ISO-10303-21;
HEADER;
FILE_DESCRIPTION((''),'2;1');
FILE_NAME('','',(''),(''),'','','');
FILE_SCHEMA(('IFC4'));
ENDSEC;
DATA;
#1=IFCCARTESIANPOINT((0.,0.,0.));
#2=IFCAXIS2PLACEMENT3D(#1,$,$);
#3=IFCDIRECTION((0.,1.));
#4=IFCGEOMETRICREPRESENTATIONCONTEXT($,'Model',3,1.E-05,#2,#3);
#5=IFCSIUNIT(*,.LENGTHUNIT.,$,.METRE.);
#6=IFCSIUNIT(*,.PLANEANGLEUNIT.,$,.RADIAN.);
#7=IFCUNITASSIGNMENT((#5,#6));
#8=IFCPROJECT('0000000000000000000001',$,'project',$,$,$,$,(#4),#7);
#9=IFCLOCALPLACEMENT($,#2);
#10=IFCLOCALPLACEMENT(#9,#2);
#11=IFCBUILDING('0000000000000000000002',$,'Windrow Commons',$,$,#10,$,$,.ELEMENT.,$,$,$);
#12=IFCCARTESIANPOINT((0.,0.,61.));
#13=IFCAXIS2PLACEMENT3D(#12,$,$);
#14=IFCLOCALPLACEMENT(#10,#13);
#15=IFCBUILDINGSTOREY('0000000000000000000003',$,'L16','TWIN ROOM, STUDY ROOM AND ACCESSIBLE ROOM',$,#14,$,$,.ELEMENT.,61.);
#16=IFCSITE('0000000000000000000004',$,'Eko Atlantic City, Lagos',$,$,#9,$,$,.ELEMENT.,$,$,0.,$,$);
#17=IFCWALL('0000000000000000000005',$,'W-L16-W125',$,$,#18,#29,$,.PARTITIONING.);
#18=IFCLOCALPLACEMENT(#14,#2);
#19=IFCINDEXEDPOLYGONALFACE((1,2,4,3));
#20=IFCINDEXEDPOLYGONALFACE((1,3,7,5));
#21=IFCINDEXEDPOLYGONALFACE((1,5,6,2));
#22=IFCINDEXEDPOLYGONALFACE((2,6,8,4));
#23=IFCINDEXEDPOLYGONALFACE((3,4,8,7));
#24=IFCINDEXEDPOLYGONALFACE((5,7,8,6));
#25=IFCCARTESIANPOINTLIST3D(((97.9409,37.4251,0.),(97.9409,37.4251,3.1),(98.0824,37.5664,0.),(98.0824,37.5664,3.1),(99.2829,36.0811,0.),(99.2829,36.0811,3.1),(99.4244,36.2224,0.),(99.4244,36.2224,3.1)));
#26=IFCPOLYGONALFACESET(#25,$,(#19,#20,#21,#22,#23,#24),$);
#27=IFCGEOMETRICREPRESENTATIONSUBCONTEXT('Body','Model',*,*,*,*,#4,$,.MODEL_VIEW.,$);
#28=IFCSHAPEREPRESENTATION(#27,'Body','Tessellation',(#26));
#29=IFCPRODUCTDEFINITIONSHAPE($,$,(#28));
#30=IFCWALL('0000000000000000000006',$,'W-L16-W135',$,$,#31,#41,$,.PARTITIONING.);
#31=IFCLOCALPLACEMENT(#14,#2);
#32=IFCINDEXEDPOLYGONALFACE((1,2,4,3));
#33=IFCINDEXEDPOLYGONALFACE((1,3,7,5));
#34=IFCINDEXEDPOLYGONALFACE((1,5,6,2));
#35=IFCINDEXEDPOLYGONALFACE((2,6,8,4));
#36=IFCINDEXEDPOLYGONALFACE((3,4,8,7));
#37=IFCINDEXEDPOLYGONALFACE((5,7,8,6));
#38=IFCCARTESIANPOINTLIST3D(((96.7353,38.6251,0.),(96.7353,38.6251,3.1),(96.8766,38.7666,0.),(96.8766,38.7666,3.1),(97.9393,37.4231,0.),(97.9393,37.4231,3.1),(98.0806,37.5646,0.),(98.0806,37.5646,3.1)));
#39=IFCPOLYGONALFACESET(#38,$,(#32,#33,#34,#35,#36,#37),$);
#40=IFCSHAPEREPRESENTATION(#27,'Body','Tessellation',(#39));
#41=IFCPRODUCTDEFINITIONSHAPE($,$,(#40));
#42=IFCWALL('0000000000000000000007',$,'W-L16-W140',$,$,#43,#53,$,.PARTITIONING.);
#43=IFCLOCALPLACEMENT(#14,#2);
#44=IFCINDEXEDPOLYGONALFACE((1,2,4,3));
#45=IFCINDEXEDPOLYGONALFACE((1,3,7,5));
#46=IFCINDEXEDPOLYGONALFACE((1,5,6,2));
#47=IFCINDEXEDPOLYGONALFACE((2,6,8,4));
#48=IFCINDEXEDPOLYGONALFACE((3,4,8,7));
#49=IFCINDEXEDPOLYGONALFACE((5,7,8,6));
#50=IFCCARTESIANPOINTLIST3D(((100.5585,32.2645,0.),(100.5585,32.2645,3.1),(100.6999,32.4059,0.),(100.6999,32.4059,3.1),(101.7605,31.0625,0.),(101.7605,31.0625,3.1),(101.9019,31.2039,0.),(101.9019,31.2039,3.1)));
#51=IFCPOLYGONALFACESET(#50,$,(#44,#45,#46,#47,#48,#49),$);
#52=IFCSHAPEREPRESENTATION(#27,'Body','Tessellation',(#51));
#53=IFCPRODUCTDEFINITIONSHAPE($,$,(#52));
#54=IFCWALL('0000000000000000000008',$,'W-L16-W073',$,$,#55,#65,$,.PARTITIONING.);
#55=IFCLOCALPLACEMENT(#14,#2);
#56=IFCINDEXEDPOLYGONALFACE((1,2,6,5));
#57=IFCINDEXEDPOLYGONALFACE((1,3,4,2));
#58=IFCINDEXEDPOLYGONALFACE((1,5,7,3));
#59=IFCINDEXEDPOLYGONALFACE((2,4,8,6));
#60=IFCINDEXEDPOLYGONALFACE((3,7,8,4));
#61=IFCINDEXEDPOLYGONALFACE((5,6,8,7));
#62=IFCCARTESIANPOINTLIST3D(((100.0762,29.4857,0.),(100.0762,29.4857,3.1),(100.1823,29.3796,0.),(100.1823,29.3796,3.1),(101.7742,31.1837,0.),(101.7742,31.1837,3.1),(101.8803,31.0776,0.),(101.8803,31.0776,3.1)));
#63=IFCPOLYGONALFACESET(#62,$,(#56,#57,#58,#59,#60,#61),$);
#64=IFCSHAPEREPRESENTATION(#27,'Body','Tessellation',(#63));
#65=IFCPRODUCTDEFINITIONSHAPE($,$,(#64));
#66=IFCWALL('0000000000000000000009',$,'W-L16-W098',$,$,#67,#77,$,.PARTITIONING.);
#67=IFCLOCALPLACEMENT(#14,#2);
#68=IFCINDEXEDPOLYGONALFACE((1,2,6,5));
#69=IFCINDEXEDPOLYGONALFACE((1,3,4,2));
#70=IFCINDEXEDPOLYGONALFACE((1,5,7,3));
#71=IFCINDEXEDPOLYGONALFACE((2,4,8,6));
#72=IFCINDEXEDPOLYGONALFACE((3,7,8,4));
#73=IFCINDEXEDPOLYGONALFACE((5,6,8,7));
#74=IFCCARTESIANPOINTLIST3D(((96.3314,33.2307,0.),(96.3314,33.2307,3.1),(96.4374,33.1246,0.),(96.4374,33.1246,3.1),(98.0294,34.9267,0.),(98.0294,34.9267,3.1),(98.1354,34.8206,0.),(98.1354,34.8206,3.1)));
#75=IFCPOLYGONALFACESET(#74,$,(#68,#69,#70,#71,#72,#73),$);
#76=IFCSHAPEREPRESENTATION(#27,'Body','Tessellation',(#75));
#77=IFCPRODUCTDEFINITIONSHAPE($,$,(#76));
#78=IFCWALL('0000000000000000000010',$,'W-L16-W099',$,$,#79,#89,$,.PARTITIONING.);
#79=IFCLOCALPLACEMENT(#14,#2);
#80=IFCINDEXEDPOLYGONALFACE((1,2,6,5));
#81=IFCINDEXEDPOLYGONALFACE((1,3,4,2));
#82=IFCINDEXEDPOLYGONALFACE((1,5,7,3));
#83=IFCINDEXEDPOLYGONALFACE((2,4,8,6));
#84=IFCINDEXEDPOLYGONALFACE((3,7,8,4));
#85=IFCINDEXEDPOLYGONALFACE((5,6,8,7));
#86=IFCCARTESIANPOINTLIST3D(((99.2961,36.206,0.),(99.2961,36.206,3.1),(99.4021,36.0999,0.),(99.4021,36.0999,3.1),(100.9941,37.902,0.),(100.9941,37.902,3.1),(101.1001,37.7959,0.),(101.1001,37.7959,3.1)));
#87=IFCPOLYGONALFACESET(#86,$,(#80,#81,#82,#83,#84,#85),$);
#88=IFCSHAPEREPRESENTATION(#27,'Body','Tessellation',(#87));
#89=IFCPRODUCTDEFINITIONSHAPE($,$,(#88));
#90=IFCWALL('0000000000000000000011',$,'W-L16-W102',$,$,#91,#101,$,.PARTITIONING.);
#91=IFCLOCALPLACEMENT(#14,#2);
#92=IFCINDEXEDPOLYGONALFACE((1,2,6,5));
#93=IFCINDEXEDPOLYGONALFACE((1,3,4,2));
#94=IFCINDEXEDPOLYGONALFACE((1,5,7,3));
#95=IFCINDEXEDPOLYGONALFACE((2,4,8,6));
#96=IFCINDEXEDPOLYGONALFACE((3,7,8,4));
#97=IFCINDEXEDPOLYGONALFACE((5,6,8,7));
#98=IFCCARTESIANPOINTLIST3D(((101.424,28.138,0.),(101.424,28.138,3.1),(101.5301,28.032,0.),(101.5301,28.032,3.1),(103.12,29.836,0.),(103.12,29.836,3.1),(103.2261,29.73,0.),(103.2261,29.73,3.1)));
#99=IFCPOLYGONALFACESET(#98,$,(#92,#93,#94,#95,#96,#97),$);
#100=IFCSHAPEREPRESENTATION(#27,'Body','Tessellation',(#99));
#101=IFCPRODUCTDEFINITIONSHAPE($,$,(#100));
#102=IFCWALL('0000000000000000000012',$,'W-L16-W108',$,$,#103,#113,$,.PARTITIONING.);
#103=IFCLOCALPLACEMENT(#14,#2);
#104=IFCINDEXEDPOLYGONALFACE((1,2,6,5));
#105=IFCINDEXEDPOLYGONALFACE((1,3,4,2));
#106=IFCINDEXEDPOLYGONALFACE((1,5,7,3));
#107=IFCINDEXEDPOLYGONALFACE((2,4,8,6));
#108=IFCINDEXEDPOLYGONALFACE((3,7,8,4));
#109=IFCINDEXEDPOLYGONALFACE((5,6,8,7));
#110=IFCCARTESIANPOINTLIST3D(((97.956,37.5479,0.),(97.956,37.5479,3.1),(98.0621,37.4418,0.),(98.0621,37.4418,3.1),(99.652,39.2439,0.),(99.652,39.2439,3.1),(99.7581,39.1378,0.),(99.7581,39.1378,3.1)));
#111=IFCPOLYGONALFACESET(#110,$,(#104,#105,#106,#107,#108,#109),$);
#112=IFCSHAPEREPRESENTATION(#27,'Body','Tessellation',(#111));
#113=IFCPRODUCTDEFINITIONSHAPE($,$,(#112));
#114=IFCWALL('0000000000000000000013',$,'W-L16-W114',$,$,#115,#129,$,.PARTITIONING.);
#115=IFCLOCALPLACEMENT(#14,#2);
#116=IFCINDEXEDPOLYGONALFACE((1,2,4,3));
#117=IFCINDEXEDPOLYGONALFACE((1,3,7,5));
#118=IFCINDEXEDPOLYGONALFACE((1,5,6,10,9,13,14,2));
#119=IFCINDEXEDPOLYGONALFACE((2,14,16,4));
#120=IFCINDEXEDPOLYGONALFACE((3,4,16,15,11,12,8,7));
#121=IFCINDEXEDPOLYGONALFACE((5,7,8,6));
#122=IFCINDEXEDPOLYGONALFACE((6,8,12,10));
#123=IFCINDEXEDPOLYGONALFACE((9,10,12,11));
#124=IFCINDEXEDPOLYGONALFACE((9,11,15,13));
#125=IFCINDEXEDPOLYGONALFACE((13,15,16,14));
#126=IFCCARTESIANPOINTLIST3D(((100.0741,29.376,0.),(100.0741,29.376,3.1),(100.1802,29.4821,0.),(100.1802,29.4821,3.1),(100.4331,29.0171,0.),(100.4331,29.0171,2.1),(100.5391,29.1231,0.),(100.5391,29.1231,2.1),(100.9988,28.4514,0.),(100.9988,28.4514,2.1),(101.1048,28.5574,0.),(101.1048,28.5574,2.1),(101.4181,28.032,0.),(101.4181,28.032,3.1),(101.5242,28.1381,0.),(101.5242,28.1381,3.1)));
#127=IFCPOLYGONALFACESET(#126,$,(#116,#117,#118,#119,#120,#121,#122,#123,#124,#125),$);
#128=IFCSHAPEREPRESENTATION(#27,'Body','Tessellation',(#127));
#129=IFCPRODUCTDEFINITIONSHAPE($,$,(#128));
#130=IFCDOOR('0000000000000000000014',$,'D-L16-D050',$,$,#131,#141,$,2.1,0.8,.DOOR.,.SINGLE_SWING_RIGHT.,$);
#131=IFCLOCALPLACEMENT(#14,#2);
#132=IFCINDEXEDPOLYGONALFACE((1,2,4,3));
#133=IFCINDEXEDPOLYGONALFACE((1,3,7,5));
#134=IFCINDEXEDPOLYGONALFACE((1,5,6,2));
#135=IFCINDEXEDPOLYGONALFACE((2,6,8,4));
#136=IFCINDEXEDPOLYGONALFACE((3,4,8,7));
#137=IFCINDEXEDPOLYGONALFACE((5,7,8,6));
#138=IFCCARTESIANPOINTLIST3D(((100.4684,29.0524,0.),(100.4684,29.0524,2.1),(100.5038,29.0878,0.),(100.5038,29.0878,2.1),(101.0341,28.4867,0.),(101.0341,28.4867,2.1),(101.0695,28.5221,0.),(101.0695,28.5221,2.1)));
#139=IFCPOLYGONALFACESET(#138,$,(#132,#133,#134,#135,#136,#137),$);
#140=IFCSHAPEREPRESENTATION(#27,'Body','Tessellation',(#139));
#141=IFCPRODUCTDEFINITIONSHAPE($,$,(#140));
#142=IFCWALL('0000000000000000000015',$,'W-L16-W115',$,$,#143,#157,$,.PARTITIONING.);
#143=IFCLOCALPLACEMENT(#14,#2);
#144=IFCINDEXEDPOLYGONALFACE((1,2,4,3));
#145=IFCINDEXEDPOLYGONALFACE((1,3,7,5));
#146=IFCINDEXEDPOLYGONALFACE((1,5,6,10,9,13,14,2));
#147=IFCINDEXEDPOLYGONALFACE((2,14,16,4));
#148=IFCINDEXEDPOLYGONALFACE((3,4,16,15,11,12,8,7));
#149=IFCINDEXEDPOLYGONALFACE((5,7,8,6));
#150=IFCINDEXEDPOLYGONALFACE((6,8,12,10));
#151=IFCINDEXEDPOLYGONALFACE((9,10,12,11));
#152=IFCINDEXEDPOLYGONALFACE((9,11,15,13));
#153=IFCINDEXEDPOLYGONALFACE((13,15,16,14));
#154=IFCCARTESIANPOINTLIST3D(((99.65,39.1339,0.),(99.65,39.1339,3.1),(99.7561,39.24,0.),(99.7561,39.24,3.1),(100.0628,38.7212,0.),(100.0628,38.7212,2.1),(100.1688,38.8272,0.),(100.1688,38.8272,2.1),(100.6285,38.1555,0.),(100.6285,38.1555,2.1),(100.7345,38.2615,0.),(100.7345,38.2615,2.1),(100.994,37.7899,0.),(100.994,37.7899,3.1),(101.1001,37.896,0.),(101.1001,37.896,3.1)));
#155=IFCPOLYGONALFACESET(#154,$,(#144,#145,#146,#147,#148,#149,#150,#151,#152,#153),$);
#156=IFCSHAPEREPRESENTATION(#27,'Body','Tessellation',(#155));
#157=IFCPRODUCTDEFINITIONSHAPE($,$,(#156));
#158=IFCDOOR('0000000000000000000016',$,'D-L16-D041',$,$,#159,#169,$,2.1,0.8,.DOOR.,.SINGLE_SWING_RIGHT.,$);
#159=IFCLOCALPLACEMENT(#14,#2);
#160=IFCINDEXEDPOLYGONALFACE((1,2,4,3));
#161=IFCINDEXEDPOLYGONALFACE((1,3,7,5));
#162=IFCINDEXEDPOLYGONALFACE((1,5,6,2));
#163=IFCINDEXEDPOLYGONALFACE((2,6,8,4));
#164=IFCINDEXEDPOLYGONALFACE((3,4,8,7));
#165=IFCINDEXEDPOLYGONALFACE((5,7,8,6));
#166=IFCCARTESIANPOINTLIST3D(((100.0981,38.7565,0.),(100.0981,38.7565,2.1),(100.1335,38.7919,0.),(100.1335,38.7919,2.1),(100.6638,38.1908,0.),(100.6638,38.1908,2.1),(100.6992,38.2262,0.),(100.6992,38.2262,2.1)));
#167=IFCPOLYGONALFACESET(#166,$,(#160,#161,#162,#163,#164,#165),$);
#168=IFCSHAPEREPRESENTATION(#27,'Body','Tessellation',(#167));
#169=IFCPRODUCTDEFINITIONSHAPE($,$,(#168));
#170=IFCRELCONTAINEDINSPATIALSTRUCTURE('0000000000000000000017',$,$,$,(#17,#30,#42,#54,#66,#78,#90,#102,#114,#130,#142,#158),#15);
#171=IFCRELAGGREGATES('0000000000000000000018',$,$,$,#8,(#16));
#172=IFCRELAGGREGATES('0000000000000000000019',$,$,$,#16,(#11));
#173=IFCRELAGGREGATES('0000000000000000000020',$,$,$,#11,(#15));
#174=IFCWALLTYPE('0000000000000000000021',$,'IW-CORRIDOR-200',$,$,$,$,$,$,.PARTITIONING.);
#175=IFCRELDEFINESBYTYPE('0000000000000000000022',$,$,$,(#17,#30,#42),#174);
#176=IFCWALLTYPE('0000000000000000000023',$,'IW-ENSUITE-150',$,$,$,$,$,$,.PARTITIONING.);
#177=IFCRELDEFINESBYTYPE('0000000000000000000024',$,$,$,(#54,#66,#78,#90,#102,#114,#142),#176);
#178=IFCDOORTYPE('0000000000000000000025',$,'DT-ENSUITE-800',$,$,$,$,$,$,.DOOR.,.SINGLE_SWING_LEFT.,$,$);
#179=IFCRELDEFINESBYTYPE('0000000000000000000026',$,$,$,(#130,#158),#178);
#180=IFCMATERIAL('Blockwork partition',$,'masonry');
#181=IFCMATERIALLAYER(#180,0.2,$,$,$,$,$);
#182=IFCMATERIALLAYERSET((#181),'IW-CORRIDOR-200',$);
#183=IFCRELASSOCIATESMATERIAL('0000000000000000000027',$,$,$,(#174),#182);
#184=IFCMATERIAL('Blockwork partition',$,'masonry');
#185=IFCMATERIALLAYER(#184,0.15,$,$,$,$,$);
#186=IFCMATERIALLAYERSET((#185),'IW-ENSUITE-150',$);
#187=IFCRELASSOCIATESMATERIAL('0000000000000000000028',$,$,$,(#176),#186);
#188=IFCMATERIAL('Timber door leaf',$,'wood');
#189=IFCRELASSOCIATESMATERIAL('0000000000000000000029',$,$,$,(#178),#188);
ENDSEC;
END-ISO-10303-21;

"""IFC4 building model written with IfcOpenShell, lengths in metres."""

from ifc_helpers import new_model, si_unit, direction, frame, frame_2d, origin, place, context, subcontext, project, spatial, rectangle, extrude, material, layer, layer_set, type_object, element, fill, save


model = new_model("IFC4")

# Units and contexts
model_context = context("Model", 3, precision=1e-05, world=origin(), true_north=direction((0.0, 1.0)))
body_context = subcontext(model_context, "Body", "Model", "MODEL_VIEW")
ifc_project = project(units=[si_unit("LENGTHUNIT", "METRE"), si_unit("PLANEANGLEUNIT", "RADIAN")], contexts=[model_context])

# Site, building, storey
site_placement = place(None, origin())
site = spatial("IfcSite", under=ifc_project, at=site_placement, Name="Eko Atlantic City, Lagos", CompositionType="ELEMENT", RefElevation=0.0)
building_placement = place(site_placement, origin())
building = spatial("IfcBuilding", under=site, at=building_placement, Name="Windrow Commons", CompositionType="ELEMENT")
storey_placement = place(building_placement, frame((0.0, 0.0, 61.0)))
storey = spatial("IfcBuildingStorey", under=building, at=storey_placement, Name="L16", Description="TWIN ROOM, STUDY ROOM AND ACCESSIBLE ROOM", CompositionType="ELEMENT", Elevation=61.0)

# Shared definitions
ifc_material_1 = material(Name="Blockwork partition", Category="masonry")
ifc_layer_1 = layer(ifc_material_1, 0.2)
ifc_layer_set_1 = layer_set([ifc_layer_1], Name="IW-CORRIDOR-200")
wall_type_1 = type_object("IfcWallType", Name="IW-CORRIDOR-200", PredefinedType="PARTITIONING", material=ifc_layer_set_1)

# Walls
wall_1_placement = place(storey_placement, frame((98.0117, 37.4957, 0.0), z_axis=(0.0, 0.0, 1.0), x_axis=(0.70658, -0.707633, 0.0)))
element("IfcWall", 1, at=wall_1_placement, inside=storey, type_object=wall_type_1, Name="W-L16-W125", PredefinedType="PARTITIONING", context=body_context, shape_type="SweptSolid", body=[
    extrude(rectangle(XDim=1.8993, YDim=0.2, at=frame_2d((0.9496, 0.0))), origin(), (0.0, 0.0, 1.0), 3.1),
])
wall_2_placement = place(storey_placement, frame((96.8059, 38.6959, 0.0), z_axis=(0.0, 0.0, 1.0), x_axis=(0.707694, -0.706519, 0.0)))
element("IfcWall", 2, at=wall_2_placement, inside=storey, type_object=wall_type_1, Name="W-L16-W135", PredefinedType="PARTITIONING", context=body_context, shape_type="SweptSolid", body=[
    extrude(rectangle(XDim=1.7013, YDim=0.2, at=frame_2d((0.8507, 0.0))), origin(), (0.0, 0.0, 1.0), 3.1),
])
wall_3_placement = place(storey_placement, frame((100.6292, 32.3352, 0.0), z_axis=(0.0, 0.0, 1.0), x_axis=(0.707107, -0.707107, 0.0)))
element("IfcWall", 3, at=wall_3_placement, inside=storey, type_object=wall_type_1, Name="W-L16-W140", PredefinedType="PARTITIONING", context=body_context, shape_type="SweptSolid", body=[
    extrude(rectangle(XDim=1.6999, YDim=0.2, at=frame_2d((0.8499, 0.0))), origin(), (0.0, 0.0, 1.0), 3.1),
])
ifc_material_2 = material(Name="Blockwork partition", Category="masonry")
ifc_layer_2 = layer(ifc_material_2, 0.15)
ifc_layer_set_2 = layer_set([ifc_layer_2], Name="IW-ENSUITE-150")
wall_type_2 = type_object("IfcWallType", Name="IW-ENSUITE-150", PredefinedType="PARTITIONING", material=ifc_layer_set_2)
wall_4_placement = place(storey_placement, frame((100.1293, 29.4327, 0.0), z_axis=(0.0, 0.0, 1.0), x_axis=(0.707107, 0.707107, 0.0)))
element("IfcWall", 4, at=wall_4_placement, inside=storey, type_object=wall_type_2, Name="W-L16-W073", PredefinedType="PARTITIONING", context=body_context, shape_type="SweptSolid", body=[
    extrude(rectangle(XDim=2.4013, YDim=0.15, at=frame_2d((1.2006, 0.0))), origin(), (0.0, 0.0, 1.0), 3.1),
])
for number, where, z_axis, x_axis, name in (
    (5, (96.3844, 33.1776, 0.0), (0.0, 0.0, 1.0), (0.707523, 0.70669, 0.0), "W-L16-W098"),
    (6, (99.3491, 36.1529, 0.0), (0.0, 0.0, 1.0), (0.707523, 0.70669, 0.0), "W-L16-W099"),
    (7, (101.477, 28.085, 0.0), (0.0, 0.0, 1.0), (0.70669, 0.707523, 0.0), "W-L16-W102"),
):
    element("IfcWall", number, at=place(storey_placement, frame(where, z_axis=z_axis, x_axis=x_axis)), inside=storey, type_object=wall_type_2, Name=name, PredefinedType="PARTITIONING", context=body_context, shape_type="SweptSolid", body=[
        extrude(rectangle(XDim=2.3999, YDim=0.15, at=frame_2d((1.2, 0.0))), origin(), (0.0, 0.0, 1.0), 3.1),
    ])
wall_5_placement = place(storey_placement, frame((98.0091, 37.4949, 0.0), z_axis=(0.0, 0.0, 1.0), x_axis=(0.707107, 0.707107, 0.0)))
element("IfcWall", 8, at=wall_5_placement, inside=storey, type_object=wall_type_2, Name="W-L16-W108", PredefinedType="PARTITIONING", context=body_context, shape_type="SweptSolid", body=[
    extrude(rectangle(XDim=2.3985, YDim=0.15, at=frame_2d((1.1992, 0.0))), origin(), (0.0, 0.0, 1.0), 3.1),
])

# Walls, openings, doors
wall_6_placement = place(storey_placement, frame((100.1271, 29.4291, 0.0), z_axis=(0.0, 0.0, 1.0), x_axis=(0.707107, -0.707107, 0.0)))
wall_6 = element("IfcWall", 9, at=wall_6_placement, inside=storey, type_object=wall_type_2, Name="W-L16-W114", PredefinedType="PARTITIONING", context=body_context, shape_type="SweptSolid", body=[
    extrude(rectangle(XDim=1.9007, YDim=0.15, at=frame_2d((0.9504, 0.0))), origin(), (0.0, 0.0, 1.0), 3.1),
])
opening_1_placement = place(wall_6_placement, frame((0.5077, 0.0, 0.0)))
opening_1 = element("IfcOpeningElement", 10, at=opening_1_placement, cuts=wall_6, PredefinedType="OPENING", context=body_context, shape_type="SweptSolid", body=[
    extrude(rectangle(XDim=0.8, YDim=2.1, at=frame_2d((0.4, 1.05))), frame((0.0, 0.085, 0.0), z_axis=(0.0, -1.0, 0.0), x_axis=(1.0, 0.0, 0.0)), (0.0, 0.0, 1.0), 0.17),
])
ifc_material_3 = material(Name="Timber door leaf", Category="wood")
door_type_1 = type_object("IfcDoorType", Name="DT-ENSUITE-800", OperationType="SINGLE_SWING_LEFT", PredefinedType="DOOR", material=ifc_material_3)
door_1_placement = place(opening_1_placement, origin())
door_1 = element("IfcDoor", 11, at=door_1_placement, inside=storey, type_object=door_type_1, Name="D-L16-D050", OperationType="SINGLE_SWING_RIGHT", OverallHeight=2.1, OverallWidth=0.8, PredefinedType="DOOR", context=body_context, shape_type="SweptSolid", body=[
    extrude(rectangle(XDim=0.8, YDim=2.1, at=frame_2d((0.4, 1.05))), frame((0.0, 0.025, 0.0), z_axis=(0.0, -1.0, 0.0), x_axis=(1.0, 0.0, 0.0)), (0.0, 0.0, 1.0), 0.05),
])
fill(opening_1, door_1)
wall_7_placement = place(storey_placement, frame((99.703, 39.187, 0.0), z_axis=(0.0, 0.0, 1.0), x_axis=(0.707107, -0.707107, 0.0)))
wall_7 = element("IfcWall", 12, at=wall_7_placement, inside=storey, type_object=wall_type_2, Name="W-L16-W115", PredefinedType="PARTITIONING", context=body_context, shape_type="SweptSolid", body=[
    extrude(rectangle(XDim=1.9007, YDim=0.15, at=frame_2d((0.9504, 0.0))), origin(), (0.0, 0.0, 1.0), 3.1),
])
opening_2_placement = place(wall_7_placement, frame((0.5838, 0.0, 0.0)))
opening_2 = element("IfcOpeningElement", 13, at=opening_2_placement, cuts=wall_7, PredefinedType="OPENING", context=body_context, shape_type="SweptSolid", body=[
    extrude(rectangle(XDim=0.8, YDim=2.1, at=frame_2d((0.4, 1.05))), frame((0.0, 0.085, 0.0), z_axis=(0.0, -1.0, 0.0), x_axis=(1.0, 0.0, 0.0)), (0.0, 0.0, 1.0), 0.17),
])
door_2_placement = place(opening_2_placement, origin())
door_2 = element("IfcDoor", 14, at=door_2_placement, inside=storey, type_object=door_type_1, Name="D-L16-D041", OperationType="SINGLE_SWING_RIGHT", OverallHeight=2.1, OverallWidth=0.8, PredefinedType="DOOR", context=body_context, shape_type="SweptSolid", body=[
    extrude(rectangle(XDim=0.8, YDim=2.1, at=frame_2d((0.4, 1.05))), frame((0.0, 0.025, 0.0), z_axis=(0.0, -1.0, 0.0), x_axis=(1.0, 0.0, 0.0)), (0.0, 0.0, 1.0), 0.05),
])
fill(opening_2, door_2)

save(model, "model.ifc")
